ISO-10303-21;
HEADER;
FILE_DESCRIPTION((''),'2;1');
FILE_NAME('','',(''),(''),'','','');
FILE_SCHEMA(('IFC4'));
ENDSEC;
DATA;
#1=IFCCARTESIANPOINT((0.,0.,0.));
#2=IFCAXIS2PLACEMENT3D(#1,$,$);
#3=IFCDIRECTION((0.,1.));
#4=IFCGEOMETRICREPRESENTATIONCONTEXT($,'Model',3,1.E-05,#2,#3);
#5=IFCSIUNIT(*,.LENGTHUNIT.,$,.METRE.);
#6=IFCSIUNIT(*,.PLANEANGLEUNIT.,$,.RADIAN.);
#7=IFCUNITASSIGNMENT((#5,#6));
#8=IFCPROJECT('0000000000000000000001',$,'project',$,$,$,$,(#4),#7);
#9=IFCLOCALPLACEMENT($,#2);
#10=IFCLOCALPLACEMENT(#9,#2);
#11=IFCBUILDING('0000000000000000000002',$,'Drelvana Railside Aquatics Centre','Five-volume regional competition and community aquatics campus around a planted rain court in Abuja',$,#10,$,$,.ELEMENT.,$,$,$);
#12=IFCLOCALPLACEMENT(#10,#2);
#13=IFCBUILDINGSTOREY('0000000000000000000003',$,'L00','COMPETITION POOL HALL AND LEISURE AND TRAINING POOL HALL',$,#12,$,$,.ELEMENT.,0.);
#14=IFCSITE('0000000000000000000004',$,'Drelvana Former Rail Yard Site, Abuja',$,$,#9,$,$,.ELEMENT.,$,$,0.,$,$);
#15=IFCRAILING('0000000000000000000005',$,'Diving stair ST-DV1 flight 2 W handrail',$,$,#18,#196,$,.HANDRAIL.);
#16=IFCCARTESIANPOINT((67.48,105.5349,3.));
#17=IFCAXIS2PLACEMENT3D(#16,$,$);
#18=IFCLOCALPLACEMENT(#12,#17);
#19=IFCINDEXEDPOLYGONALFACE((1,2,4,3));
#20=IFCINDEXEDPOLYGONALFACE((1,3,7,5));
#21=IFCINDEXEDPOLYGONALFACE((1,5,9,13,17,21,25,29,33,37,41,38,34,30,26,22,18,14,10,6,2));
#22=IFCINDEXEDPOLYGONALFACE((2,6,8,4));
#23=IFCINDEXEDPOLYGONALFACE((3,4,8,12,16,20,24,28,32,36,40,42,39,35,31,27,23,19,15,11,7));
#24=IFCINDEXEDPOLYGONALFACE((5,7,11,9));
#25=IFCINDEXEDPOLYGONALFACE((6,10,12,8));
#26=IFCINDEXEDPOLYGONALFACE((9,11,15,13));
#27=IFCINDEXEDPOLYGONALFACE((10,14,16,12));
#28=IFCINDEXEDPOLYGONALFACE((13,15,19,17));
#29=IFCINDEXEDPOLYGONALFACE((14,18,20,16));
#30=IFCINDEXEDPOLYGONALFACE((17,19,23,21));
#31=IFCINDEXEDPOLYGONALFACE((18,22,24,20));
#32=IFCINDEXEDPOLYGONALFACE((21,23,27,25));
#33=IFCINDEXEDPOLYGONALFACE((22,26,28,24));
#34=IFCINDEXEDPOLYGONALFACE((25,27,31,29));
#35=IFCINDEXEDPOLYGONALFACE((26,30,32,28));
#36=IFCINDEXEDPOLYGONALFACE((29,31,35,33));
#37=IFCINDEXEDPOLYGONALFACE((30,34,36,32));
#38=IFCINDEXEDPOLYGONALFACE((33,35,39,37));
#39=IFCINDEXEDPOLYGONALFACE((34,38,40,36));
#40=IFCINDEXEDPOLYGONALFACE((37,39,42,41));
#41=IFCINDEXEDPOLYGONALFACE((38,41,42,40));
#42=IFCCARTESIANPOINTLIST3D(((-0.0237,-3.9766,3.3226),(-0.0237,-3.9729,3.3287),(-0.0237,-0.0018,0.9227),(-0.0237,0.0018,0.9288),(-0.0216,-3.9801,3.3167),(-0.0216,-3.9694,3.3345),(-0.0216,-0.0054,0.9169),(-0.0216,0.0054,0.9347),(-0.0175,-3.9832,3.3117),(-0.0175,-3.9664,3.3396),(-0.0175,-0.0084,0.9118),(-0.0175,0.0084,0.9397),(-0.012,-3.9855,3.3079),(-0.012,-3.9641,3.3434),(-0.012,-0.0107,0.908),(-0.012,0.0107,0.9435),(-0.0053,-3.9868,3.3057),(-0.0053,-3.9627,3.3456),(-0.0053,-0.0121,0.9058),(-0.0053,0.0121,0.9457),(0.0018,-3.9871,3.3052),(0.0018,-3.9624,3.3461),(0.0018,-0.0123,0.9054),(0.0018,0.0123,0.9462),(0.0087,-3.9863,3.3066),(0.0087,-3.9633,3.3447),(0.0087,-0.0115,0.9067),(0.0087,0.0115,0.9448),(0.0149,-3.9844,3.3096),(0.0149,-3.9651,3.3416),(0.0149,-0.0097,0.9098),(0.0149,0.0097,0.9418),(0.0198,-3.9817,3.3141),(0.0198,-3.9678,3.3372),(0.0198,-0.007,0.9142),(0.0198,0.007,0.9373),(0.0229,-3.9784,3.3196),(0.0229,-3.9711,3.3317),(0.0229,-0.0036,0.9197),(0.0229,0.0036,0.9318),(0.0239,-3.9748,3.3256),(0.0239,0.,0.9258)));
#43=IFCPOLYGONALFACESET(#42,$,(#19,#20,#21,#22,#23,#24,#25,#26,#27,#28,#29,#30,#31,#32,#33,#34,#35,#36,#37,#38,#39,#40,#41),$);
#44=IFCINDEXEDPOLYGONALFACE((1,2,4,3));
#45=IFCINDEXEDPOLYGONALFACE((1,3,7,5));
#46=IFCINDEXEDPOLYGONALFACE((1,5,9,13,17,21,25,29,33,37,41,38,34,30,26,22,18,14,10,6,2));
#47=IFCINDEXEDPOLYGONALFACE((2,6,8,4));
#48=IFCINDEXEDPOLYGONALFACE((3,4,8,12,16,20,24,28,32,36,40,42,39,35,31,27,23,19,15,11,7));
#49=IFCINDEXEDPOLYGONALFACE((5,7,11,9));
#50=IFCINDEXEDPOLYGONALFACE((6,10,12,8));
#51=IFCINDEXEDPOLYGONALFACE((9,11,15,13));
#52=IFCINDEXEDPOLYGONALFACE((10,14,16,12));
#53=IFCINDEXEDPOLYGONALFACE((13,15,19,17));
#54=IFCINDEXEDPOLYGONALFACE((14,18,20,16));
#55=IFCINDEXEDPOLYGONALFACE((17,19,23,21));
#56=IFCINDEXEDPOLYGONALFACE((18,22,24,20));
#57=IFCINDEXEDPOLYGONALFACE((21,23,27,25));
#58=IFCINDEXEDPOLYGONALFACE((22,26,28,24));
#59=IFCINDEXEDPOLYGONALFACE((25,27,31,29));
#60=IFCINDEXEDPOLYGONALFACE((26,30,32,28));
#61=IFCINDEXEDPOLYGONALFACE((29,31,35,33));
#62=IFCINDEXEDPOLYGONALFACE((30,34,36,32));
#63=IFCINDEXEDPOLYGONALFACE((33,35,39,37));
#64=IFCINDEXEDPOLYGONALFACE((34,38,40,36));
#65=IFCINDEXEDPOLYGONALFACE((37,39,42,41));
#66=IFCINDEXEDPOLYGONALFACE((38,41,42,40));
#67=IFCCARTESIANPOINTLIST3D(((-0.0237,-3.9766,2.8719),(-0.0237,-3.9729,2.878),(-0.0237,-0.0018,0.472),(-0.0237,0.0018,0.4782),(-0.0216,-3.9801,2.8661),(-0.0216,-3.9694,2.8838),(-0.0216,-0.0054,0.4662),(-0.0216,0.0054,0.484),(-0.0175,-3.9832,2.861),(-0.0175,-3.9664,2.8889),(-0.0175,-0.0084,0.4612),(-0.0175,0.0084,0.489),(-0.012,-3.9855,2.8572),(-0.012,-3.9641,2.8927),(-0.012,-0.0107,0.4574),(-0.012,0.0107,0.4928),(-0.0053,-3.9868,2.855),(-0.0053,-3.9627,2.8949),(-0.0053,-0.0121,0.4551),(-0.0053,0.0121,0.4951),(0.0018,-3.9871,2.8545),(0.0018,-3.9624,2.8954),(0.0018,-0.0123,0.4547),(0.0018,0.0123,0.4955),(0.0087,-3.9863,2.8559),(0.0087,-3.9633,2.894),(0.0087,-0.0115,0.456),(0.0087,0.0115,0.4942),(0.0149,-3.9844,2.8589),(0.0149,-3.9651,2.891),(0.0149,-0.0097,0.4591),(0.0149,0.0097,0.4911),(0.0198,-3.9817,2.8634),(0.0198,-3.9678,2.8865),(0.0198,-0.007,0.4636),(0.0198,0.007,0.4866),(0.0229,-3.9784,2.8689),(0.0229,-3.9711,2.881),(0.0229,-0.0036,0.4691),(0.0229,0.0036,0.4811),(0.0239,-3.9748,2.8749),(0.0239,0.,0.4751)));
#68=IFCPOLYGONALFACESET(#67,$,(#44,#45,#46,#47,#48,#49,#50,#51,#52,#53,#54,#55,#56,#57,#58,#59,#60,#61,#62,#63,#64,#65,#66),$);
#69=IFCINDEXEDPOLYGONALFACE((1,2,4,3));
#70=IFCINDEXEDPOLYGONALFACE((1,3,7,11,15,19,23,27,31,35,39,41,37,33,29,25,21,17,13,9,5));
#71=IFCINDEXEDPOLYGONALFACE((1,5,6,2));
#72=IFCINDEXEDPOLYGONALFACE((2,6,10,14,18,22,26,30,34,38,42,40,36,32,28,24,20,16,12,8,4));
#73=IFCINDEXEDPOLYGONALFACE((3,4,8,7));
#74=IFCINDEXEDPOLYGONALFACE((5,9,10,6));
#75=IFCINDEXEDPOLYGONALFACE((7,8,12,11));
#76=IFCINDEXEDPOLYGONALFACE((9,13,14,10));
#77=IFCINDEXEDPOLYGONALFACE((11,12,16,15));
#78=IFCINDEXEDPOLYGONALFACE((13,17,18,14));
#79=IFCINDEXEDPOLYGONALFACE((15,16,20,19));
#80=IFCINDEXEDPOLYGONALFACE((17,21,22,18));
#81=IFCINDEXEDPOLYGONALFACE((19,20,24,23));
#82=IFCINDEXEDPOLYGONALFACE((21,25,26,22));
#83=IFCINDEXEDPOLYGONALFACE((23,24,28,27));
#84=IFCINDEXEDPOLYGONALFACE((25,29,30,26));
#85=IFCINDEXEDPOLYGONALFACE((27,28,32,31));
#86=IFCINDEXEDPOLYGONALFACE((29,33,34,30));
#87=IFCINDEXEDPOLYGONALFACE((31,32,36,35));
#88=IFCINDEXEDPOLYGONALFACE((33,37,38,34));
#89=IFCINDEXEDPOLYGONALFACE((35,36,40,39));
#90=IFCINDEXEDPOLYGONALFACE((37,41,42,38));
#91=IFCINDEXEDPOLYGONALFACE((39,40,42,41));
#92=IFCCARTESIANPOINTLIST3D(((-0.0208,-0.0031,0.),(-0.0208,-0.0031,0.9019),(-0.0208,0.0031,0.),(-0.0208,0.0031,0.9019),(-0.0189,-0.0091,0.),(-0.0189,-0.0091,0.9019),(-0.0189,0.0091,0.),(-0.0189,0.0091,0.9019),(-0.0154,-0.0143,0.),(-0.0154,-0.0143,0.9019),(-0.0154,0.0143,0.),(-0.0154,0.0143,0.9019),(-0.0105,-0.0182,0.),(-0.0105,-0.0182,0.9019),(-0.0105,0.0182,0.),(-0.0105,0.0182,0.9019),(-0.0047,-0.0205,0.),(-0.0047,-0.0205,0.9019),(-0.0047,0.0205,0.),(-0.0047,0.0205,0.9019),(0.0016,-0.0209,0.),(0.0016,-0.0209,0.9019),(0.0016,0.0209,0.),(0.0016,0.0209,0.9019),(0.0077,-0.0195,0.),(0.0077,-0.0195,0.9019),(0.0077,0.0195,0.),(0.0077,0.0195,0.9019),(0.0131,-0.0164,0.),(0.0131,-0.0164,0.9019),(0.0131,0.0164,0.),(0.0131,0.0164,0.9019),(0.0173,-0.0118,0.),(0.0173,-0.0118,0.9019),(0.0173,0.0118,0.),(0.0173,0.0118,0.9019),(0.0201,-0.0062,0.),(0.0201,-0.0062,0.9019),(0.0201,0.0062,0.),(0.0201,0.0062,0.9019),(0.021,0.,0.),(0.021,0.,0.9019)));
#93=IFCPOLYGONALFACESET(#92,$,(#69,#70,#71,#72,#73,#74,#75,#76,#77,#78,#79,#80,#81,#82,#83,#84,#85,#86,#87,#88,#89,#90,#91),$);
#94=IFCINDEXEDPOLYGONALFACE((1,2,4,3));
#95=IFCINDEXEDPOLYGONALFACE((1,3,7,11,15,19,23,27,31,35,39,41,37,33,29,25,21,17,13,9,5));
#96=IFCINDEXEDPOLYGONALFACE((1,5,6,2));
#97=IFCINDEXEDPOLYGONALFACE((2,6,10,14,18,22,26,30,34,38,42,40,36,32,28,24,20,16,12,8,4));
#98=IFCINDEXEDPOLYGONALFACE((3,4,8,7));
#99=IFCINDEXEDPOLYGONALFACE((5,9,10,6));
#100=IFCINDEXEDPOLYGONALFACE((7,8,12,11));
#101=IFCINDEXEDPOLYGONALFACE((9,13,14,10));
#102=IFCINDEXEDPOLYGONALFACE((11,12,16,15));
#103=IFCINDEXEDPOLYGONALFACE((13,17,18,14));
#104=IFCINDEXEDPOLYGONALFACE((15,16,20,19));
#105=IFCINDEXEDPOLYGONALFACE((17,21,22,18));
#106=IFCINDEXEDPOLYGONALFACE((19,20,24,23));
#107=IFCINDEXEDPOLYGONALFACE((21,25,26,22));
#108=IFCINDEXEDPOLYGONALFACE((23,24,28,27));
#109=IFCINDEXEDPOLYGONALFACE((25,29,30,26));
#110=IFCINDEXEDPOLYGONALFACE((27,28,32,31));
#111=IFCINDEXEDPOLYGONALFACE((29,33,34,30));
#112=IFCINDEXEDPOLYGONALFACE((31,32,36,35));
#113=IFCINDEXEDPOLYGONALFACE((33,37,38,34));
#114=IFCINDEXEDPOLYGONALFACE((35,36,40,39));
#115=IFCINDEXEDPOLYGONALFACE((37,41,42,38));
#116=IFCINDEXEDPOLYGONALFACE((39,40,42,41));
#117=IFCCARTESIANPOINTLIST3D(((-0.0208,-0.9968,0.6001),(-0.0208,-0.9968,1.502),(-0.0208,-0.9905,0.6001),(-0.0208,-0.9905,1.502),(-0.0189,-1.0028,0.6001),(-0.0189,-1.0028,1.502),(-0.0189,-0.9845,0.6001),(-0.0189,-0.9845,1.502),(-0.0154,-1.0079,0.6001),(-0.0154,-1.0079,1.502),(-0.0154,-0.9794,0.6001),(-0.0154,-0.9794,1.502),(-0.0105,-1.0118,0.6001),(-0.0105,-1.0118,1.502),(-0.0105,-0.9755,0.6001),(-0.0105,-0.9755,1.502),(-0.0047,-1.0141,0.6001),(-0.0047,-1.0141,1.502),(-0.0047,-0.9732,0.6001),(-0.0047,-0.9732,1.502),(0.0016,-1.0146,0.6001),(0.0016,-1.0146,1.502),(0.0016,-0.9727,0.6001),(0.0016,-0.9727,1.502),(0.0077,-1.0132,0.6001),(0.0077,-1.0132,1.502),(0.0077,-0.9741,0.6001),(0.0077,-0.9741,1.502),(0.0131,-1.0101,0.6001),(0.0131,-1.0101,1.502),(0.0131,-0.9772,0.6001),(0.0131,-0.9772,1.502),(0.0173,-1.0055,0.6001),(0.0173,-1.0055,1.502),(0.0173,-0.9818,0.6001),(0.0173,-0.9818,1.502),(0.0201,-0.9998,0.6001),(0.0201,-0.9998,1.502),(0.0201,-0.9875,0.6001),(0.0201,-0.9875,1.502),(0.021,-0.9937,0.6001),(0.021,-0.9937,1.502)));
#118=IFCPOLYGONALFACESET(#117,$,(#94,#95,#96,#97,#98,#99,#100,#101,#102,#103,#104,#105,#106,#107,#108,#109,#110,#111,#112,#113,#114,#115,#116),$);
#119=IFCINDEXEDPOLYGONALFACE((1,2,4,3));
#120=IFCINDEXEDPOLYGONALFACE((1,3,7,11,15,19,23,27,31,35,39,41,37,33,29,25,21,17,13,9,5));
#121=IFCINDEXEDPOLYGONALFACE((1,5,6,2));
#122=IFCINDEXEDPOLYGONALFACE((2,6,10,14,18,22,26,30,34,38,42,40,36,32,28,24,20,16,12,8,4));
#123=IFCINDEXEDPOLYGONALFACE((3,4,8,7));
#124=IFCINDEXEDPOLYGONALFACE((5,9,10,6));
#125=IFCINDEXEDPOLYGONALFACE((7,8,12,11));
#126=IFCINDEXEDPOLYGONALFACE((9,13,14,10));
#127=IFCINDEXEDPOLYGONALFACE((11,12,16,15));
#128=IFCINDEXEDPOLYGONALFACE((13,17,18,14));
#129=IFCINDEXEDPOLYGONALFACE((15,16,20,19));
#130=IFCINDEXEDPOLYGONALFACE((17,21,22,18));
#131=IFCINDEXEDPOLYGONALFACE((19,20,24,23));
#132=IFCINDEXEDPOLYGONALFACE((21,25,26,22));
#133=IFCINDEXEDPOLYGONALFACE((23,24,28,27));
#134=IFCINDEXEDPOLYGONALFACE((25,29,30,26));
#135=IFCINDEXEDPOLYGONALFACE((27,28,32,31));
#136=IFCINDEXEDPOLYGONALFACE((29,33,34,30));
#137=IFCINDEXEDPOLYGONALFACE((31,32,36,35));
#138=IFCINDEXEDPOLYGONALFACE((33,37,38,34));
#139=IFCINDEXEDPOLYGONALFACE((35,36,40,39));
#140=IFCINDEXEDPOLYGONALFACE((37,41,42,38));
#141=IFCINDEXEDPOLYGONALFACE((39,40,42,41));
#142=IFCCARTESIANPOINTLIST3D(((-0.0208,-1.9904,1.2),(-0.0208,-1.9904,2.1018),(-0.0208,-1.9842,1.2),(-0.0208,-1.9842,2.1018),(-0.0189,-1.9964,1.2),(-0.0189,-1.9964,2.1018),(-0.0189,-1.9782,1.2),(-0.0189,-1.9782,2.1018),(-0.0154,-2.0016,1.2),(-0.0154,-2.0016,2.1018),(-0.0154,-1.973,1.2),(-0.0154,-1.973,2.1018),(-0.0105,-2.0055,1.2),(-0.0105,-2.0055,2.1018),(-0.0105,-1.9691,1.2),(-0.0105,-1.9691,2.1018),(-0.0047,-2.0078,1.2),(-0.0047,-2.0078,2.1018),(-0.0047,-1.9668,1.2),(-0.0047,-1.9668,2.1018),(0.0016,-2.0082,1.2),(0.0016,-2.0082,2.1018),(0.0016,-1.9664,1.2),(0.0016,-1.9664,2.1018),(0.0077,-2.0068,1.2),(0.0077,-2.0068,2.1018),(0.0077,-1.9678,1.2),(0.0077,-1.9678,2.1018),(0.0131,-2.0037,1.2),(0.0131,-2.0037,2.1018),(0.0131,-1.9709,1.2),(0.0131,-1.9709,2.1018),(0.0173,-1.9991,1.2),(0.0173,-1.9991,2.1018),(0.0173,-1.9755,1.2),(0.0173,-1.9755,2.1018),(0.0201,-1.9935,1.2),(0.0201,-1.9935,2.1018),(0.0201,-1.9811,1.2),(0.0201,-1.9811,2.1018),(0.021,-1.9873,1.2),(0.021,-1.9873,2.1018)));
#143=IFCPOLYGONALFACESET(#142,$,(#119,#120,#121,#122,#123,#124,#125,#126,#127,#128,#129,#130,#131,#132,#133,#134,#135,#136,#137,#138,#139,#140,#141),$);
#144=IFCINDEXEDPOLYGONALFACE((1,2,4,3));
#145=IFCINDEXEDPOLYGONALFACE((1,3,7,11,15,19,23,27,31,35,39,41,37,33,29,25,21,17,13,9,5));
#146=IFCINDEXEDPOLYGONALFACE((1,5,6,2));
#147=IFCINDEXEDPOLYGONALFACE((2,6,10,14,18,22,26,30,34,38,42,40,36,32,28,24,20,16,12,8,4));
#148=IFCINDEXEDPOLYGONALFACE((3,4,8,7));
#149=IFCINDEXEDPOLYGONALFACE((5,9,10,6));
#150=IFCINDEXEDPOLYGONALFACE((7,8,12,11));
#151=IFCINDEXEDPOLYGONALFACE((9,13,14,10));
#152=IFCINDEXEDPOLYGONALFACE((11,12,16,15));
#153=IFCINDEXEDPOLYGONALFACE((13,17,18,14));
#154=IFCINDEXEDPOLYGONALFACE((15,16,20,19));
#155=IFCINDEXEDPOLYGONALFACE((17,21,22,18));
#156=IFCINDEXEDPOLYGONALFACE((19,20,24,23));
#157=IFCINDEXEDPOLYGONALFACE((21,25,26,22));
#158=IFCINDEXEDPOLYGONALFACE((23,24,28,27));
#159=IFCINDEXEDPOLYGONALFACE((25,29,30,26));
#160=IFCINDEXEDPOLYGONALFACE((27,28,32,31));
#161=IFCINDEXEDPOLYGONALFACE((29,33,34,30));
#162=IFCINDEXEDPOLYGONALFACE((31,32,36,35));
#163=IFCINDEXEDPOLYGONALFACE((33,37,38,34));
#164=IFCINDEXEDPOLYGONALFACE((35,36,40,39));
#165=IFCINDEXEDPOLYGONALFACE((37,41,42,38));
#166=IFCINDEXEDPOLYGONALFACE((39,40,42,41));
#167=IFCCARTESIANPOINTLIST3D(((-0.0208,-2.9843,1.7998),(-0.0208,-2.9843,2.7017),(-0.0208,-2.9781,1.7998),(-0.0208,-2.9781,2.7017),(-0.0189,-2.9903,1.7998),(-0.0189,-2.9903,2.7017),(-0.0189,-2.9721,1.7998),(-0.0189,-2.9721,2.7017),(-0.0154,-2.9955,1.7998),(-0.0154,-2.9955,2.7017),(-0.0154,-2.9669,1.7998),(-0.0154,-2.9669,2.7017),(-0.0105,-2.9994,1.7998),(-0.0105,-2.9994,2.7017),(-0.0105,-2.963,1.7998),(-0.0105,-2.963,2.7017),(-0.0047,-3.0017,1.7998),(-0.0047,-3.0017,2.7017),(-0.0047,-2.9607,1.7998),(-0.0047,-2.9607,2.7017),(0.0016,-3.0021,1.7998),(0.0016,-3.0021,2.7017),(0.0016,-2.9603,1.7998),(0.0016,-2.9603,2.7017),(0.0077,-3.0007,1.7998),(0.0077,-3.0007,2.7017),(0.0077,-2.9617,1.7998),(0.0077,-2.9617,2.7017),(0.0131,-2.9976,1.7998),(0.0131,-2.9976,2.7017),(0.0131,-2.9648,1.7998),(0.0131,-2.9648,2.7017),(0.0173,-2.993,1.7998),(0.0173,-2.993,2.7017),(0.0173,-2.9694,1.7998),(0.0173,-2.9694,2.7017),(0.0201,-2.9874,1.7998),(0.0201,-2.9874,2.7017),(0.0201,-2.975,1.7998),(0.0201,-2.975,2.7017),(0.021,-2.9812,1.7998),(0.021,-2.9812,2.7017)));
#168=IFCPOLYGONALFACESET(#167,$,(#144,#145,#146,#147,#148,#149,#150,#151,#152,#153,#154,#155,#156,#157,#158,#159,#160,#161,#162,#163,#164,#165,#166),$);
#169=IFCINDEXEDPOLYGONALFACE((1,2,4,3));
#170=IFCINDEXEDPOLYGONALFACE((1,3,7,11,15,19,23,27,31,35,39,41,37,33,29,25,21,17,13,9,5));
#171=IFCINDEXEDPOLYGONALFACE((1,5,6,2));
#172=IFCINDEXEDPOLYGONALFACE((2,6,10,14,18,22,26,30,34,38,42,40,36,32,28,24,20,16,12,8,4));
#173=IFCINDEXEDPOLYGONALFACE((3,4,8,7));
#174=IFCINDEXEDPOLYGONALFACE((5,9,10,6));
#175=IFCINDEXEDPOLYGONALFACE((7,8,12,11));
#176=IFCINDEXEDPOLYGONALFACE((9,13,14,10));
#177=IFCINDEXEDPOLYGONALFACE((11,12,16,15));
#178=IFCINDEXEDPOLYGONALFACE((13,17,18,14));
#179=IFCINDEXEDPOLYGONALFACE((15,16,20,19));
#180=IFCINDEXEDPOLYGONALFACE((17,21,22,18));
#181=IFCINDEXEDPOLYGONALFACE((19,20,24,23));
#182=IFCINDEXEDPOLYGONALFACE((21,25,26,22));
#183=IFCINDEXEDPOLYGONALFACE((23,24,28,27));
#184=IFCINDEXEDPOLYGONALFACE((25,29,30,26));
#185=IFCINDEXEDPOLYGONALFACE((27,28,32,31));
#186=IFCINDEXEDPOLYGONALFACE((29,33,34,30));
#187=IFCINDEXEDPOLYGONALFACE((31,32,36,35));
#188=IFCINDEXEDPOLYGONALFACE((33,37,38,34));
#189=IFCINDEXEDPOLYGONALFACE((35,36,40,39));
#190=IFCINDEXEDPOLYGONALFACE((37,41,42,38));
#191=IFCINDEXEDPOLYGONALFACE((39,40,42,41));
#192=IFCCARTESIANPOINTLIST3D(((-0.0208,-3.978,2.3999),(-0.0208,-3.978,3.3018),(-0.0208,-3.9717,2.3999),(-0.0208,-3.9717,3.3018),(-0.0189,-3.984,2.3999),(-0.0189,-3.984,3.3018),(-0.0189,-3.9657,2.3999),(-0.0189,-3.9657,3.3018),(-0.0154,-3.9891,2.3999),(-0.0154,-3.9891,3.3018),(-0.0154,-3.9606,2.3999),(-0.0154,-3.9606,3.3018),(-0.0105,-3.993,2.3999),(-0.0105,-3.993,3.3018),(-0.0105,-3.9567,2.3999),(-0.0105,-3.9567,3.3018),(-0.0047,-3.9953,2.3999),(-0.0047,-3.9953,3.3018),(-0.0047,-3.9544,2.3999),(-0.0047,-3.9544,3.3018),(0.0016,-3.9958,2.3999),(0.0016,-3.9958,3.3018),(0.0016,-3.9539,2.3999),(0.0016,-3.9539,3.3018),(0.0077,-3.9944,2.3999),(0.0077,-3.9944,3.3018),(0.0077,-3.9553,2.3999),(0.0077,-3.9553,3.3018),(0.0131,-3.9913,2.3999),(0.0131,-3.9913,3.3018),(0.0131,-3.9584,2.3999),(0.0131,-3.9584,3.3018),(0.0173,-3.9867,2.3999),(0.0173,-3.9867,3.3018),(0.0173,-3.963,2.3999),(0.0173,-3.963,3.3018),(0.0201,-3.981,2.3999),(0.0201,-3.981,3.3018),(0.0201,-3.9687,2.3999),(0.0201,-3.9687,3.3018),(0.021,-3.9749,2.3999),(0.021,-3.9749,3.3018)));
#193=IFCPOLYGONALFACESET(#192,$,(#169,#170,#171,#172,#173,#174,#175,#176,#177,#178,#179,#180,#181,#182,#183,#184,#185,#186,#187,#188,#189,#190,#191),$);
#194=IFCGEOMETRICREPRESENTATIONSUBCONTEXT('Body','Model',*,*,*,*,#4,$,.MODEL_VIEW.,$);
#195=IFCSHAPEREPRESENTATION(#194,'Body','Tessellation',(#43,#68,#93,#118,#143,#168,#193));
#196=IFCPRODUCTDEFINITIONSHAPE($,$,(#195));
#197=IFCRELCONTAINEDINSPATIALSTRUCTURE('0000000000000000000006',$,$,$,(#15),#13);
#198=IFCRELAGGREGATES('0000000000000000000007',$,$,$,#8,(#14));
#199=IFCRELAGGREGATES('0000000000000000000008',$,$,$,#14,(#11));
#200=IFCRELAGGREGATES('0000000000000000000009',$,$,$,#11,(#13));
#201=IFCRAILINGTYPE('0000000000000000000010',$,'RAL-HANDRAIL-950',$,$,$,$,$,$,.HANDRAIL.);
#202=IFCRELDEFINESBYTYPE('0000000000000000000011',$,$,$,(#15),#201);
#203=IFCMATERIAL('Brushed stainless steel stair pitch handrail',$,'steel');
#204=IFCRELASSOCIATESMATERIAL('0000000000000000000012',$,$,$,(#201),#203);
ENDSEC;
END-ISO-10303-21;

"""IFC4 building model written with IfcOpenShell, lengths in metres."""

from ifc_helpers import new_model, si_unit, direction, frame, origin, origin_2d, place, context, subcontext, project, spatial, circle, extrude, material, type_object, element, save


model = new_model("IFC4")

# Units and contexts
model_context = context("Model", 3, precision=1e-05, world=origin(), true_north=direction((0.0, 1.0)))
body_context = subcontext(model_context, "Body", "Model", "MODEL_VIEW")
ifc_project = project(units=[si_unit("LENGTHUNIT", "METRE"), si_unit("PLANEANGLEUNIT", "RADIAN")], contexts=[model_context])

# Site, building, storey
site_placement = place(None, origin())
site = spatial("IfcSite", under=ifc_project, at=site_placement, Name="Drelvana Former Rail Yard Site, Abuja", CompositionType="ELEMENT", RefElevation=0.0)
building_placement = place(site_placement, origin())
building = spatial("IfcBuilding", under=site, at=building_placement, Name="Drelvana Railside Aquatics Centre", Description="Five-volume regional competition and community aquatics campus around a planted rain court in Abuja", CompositionType="ELEMENT")
storey_placement = place(building_placement, origin())
storey = spatial("IfcBuildingStorey", under=building, at=storey_placement, Name="L00", Description="COMPETITION POOL HALL AND LEISURE AND TRAINING POOL HALL", CompositionType="ELEMENT", Elevation=0.0)

# Railing
ifc_material_1 = material(Name="Brushed stainless steel stair pitch handrail", Category="steel")
railing_type_1 = type_object("IfcRailingType", Name="RAL-HANDRAIL-950", PredefinedType="HANDRAIL", material=ifc_material_1)
for number, where, name in (
    (1, (67.48, 105.5349, 3.0), "Diving stair ST-DV1 flight 2 W handrail"),
):
    element("IfcRailing", number, at=place(storey_placement, frame(where)), inside=storey, type_object=railing_type_1, Name=name, PredefinedType="HANDRAIL", context=body_context, shape_type="SweptSolid", body=[
        extrude(circle(Radius=0.0239, at=origin_2d()), frame((0.0, 0.0, 0.9258), z_axis=(0.0, -0.856065, 0.516868), x_axis=(1.0, 0.0, 0.0)), (0.0, 0.0, 1.0), 4.6431),
        extrude(circle(Radius=0.0239, at=origin_2d()), frame((0.0, 0.0, 0.4751), z_axis=(0.0, -0.856065, 0.516868), x_axis=(1.0, 0.0, 0.0)), (0.0, 0.0, 1.0), 4.6431),
        extrude(circle(Radius=0.021, at=origin_2d()), origin(), (0.0, 0.0, 1.0), 0.9019),
        extrude(circle(Radius=0.021, at=origin_2d()), frame((0.0, -0.9937, 0.6001)), (0.0, 0.0, 1.0), 0.9019),
        extrude(circle(Radius=0.021, at=origin_2d()), frame((0.0, -1.9873, 1.2)), (0.0, 0.0, 1.0), 0.9019),
        extrude(circle(Radius=0.021, at=origin_2d()), frame((0.0, -2.9812, 1.7998)), (0.0, 0.0, 1.0), 0.9019),
        extrude(circle(Radius=0.021, at=origin_2d()), frame((0.0, -3.9749, 2.3999)), (0.0, 0.0, 1.0), 0.9019),
    ])

save(model, "model.ifc")
